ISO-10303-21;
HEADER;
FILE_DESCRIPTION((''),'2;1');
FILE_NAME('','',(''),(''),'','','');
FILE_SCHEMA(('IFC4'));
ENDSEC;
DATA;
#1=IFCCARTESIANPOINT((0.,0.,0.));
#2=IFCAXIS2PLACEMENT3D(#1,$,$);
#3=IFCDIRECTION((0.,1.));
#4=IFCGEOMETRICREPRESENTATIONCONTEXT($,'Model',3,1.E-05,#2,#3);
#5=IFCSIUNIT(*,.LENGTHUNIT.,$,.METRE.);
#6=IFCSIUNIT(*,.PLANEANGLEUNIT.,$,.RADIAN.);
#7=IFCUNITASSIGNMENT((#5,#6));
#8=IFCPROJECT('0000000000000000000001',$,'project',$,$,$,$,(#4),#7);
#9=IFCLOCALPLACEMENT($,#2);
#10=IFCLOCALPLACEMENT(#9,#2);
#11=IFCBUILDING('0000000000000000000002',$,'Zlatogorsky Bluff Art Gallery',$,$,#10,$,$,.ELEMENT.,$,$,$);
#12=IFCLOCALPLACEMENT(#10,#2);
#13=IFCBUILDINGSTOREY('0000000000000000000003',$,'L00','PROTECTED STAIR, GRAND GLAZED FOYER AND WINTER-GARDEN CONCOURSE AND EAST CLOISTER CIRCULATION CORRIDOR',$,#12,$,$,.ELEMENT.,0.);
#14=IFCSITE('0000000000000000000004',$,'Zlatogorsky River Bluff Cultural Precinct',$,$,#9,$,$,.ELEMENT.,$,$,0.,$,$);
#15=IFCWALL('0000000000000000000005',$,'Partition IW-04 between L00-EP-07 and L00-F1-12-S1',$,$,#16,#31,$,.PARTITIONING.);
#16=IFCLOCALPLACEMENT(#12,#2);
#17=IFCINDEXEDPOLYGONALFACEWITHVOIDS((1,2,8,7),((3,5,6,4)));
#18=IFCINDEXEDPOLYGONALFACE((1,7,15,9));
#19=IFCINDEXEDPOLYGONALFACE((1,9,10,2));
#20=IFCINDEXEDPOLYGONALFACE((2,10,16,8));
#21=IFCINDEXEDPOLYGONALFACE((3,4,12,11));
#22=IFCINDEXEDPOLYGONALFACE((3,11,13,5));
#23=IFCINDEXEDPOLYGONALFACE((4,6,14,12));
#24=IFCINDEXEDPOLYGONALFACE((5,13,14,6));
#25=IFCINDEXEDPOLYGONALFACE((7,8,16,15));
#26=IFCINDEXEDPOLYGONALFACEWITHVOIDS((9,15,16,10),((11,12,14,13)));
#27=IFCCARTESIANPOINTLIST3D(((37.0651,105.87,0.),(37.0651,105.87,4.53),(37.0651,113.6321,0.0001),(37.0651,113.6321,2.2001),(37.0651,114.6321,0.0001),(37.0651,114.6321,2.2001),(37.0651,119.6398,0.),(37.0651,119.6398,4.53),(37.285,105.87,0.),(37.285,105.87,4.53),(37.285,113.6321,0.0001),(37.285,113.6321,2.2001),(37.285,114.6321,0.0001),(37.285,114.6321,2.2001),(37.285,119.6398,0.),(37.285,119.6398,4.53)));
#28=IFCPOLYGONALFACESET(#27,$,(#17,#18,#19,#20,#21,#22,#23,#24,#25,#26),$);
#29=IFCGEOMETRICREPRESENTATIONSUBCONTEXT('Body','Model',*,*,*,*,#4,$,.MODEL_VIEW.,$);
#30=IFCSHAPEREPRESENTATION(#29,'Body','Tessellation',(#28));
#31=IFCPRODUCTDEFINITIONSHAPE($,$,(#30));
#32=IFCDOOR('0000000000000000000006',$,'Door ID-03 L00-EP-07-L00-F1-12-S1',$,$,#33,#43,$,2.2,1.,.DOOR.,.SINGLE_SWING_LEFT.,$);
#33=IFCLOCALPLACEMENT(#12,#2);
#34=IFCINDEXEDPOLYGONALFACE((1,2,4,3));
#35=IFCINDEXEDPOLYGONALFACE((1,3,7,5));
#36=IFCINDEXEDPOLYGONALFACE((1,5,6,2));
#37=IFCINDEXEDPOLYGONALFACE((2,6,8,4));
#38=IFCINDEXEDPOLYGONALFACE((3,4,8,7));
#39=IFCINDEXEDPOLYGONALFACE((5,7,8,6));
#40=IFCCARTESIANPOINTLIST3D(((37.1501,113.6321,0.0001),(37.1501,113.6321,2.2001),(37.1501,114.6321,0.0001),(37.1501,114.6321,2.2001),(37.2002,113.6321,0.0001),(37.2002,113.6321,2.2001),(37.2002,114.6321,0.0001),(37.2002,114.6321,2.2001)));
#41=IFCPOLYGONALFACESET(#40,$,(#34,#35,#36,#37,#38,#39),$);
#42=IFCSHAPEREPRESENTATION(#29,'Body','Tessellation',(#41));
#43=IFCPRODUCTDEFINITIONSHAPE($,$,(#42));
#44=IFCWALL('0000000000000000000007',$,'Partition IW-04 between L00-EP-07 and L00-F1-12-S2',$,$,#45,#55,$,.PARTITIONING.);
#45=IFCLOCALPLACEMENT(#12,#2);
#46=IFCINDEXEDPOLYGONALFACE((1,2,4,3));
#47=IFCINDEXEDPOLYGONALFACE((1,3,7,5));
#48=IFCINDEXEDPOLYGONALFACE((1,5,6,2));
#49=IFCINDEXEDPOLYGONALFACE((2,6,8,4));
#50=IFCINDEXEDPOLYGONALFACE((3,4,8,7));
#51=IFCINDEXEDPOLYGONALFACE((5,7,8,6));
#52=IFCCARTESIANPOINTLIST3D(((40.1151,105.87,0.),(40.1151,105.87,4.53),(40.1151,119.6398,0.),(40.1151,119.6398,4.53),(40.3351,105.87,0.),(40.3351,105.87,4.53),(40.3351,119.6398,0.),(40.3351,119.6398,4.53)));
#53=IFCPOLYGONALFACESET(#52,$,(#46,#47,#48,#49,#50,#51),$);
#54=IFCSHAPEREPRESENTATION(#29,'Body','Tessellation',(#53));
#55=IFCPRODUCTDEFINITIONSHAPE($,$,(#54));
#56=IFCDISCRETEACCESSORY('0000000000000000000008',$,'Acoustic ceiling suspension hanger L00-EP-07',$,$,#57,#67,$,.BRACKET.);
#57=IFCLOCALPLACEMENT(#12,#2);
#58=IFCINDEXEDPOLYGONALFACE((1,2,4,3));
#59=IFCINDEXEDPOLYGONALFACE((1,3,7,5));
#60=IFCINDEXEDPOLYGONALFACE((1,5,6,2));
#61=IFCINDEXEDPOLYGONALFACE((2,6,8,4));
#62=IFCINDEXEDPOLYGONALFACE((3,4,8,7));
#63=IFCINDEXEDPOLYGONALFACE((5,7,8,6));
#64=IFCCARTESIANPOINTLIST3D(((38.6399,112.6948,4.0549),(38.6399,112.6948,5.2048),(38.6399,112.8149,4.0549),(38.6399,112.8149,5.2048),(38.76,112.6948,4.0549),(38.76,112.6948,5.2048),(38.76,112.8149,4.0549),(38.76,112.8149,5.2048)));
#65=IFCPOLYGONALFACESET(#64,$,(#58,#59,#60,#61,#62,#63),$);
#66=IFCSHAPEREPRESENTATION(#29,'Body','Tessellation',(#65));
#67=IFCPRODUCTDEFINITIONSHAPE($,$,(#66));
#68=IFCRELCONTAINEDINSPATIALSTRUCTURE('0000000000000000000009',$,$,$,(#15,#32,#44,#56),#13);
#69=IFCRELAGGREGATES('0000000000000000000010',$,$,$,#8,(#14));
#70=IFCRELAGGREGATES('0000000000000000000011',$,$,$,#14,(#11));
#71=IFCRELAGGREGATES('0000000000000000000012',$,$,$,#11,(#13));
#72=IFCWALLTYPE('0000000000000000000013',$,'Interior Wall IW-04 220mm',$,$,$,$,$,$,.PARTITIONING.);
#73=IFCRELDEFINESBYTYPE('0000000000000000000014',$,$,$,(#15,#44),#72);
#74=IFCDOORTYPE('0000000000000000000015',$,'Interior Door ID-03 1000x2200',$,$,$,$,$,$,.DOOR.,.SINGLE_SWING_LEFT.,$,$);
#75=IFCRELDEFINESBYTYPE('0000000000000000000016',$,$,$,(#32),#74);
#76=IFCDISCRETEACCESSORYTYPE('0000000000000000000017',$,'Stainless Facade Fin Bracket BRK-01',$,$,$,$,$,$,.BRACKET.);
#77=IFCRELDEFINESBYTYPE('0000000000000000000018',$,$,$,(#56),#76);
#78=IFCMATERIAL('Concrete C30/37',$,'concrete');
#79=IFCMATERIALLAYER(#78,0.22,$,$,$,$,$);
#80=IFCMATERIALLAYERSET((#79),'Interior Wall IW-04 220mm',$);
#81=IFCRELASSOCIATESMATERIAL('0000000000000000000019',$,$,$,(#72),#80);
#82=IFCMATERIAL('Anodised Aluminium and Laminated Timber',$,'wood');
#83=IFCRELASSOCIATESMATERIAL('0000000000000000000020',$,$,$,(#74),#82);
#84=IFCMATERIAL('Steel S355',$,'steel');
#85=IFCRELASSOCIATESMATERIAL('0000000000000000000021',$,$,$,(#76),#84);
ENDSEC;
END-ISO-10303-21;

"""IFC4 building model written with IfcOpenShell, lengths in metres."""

from ifc_helpers import new_model, si_unit, direction, frame, frame_2d, origin, origin_2d, place, context, subcontext, project, spatial, rectangle, extrude, material, layer, layer_set, type_object, element, fill, save


model = new_model("IFC4")

# Units and contexts
model_context = context("Model", 3, precision=1e-05, world=origin(), true_north=direction((0.0, 1.0)))
body_context = subcontext(model_context, "Body", "Model", "MODEL_VIEW")
ifc_project = project(units=[si_unit("LENGTHUNIT", "METRE"), si_unit("PLANEANGLEUNIT", "RADIAN")], contexts=[model_context])

# Site, building, storey
site_placement = place(None, origin())
site = spatial("IfcSite", under=ifc_project, at=site_placement, Name="Zlatogorsky River Bluff Cultural Precinct", CompositionType="ELEMENT", RefElevation=0.0)
building_placement = place(site_placement, origin())
building = spatial("IfcBuilding", under=site, at=building_placement, Name="Zlatogorsky Bluff Art Gallery", CompositionType="ELEMENT")
storey_placement = place(building_placement, origin())
storey = spatial("IfcBuildingStorey", under=building, at=storey_placement, Name="L00", Description="PROTECTED STAIR, GRAND GLAZED FOYER AND WINTER-GARDEN CONCOURSE AND EAST CLOISTER CIRCULATION CORRIDOR", CompositionType="ELEMENT", Elevation=0.0)

# Shared definitions
ifc_material_1 = material(Name="Steel S355", Category="steel")

# Wall, opening, door
ifc_material_2 = material(Name="Concrete C30/37", Category="concrete")
ifc_material_3 = material(Name="Anodised Aluminium and Laminated Timber", Category="wood")
ifc_layer_1 = layer(ifc_material_2, 0.22)
ifc_layer_set_1 = layer_set([ifc_layer_1], Name="Interior Wall IW-04 220mm")
wall_type_1 = type_object("IfcWallType", Name="Interior Wall IW-04 220mm", PredefinedType="PARTITIONING", material=ifc_layer_set_1)
wall_1_placement = place(storey_placement, frame((37.175, 105.8701, 0.0), z_axis=(0.0, 0.0, 1.0), x_axis=(0.0, 1.0, 0.0)))
wall_1 = element("IfcWall", 1, at=wall_1_placement, inside=storey, type_object=wall_type_1, Name="Partition IW-04 between L00-EP-07 and L00-F1-12-S1", PredefinedType="PARTITIONING", context=body_context, shape_type="SweptSolid", body=[
    extrude(rectangle(XDim=13.7698, YDim=0.22, at=frame_2d((6.8848, 0.0))), origin(), (0.0, 0.0, 1.0), 4.53),
])
opening_1_placement = place(wall_1_placement, frame((7.762, 0.0, 0.0)))
opening_1 = element("IfcOpeningElement", 2, at=opening_1_placement, cuts=wall_1, PredefinedType="OPENING", context=body_context, shape_type="SweptSolid", body=[
    extrude(rectangle(XDim=1.0, YDim=2.2, at=frame_2d((0.5, 1.1001))), frame((0.0, 0.1199, 0.0), z_axis=(0.0, -1.0, 0.0), x_axis=(1.0, 0.0, 0.0)), (0.0, 0.0, 1.0), 0.24),
])
door_type_1 = type_object("IfcDoorType", Name="Interior Door ID-03 1000x2200", OperationType="SINGLE_SWING_LEFT", PredefinedType="DOOR", material=ifc_material_3)
door_1_placement = place(opening_1_placement, origin())
door_1 = element("IfcDoor", 3, at=door_1_placement, inside=storey, type_object=door_type_1, Name="Door ID-03 L00-EP-07-L00-F1-12-S1", OperationType="SINGLE_SWING_LEFT", OverallHeight=2.2, OverallWidth=1.0, PredefinedType="DOOR", context=body_context, shape_type="SweptSolid", body=[
    extrude(rectangle(XDim=1.0, YDim=2.2, at=frame_2d((0.5, 1.1001))), frame((0.0, 0.0249, 0.0), z_axis=(0.0, -1.0, 0.0), x_axis=(1.0, 0.0, 0.0)), (0.0, 0.0, 1.0), 0.05),
])
fill(opening_1, door_1)

# Wall
wall_2_placement = place(storey_placement, frame((40.2251, 105.8701, 0.0), z_axis=(0.0, 0.0, 1.0), x_axis=(0.0, 1.0, 0.0)))
element("IfcWall", 4, at=wall_2_placement, inside=storey, type_object=wall_type_1, Name="Partition IW-04 between L00-EP-07 and L00-F1-12-S2", PredefinedType="PARTITIONING", context=body_context, shape_type="SweptSolid", body=[
    extrude(rectangle(XDim=13.7698, YDim=0.22, at=frame_2d((6.8848, 0.0))), origin(), (0.0, 0.0, 1.0), 4.53),
])

# Discrete accessory
discrete_accessory_type = type_object("IfcDiscreteAccessoryType", Name="Stainless Facade Fin Bracket BRK-01", PredefinedType="BRACKET", material=ifc_material_1)
discrete_accessory_placement = place(storey_placement, frame((38.7, 112.7549, 4.0549), z_axis=(0.0, 0.0, 1.0), x_axis=(1.0, 0.0, 0.0)))
element("IfcDiscreteAccessory", 5, at=discrete_accessory_placement, inside=storey, type_object=discrete_accessory_type, Name="Acoustic ceiling suspension hanger L00-EP-07", PredefinedType="BRACKET", context=body_context, shape_type="SweptSolid", body=[
    extrude(rectangle(XDim=0.1201, YDim=0.1201, at=origin_2d()), origin(), (0.0, 0.0, 1.0), 1.1499),
])

save(model, "model.ifc")
